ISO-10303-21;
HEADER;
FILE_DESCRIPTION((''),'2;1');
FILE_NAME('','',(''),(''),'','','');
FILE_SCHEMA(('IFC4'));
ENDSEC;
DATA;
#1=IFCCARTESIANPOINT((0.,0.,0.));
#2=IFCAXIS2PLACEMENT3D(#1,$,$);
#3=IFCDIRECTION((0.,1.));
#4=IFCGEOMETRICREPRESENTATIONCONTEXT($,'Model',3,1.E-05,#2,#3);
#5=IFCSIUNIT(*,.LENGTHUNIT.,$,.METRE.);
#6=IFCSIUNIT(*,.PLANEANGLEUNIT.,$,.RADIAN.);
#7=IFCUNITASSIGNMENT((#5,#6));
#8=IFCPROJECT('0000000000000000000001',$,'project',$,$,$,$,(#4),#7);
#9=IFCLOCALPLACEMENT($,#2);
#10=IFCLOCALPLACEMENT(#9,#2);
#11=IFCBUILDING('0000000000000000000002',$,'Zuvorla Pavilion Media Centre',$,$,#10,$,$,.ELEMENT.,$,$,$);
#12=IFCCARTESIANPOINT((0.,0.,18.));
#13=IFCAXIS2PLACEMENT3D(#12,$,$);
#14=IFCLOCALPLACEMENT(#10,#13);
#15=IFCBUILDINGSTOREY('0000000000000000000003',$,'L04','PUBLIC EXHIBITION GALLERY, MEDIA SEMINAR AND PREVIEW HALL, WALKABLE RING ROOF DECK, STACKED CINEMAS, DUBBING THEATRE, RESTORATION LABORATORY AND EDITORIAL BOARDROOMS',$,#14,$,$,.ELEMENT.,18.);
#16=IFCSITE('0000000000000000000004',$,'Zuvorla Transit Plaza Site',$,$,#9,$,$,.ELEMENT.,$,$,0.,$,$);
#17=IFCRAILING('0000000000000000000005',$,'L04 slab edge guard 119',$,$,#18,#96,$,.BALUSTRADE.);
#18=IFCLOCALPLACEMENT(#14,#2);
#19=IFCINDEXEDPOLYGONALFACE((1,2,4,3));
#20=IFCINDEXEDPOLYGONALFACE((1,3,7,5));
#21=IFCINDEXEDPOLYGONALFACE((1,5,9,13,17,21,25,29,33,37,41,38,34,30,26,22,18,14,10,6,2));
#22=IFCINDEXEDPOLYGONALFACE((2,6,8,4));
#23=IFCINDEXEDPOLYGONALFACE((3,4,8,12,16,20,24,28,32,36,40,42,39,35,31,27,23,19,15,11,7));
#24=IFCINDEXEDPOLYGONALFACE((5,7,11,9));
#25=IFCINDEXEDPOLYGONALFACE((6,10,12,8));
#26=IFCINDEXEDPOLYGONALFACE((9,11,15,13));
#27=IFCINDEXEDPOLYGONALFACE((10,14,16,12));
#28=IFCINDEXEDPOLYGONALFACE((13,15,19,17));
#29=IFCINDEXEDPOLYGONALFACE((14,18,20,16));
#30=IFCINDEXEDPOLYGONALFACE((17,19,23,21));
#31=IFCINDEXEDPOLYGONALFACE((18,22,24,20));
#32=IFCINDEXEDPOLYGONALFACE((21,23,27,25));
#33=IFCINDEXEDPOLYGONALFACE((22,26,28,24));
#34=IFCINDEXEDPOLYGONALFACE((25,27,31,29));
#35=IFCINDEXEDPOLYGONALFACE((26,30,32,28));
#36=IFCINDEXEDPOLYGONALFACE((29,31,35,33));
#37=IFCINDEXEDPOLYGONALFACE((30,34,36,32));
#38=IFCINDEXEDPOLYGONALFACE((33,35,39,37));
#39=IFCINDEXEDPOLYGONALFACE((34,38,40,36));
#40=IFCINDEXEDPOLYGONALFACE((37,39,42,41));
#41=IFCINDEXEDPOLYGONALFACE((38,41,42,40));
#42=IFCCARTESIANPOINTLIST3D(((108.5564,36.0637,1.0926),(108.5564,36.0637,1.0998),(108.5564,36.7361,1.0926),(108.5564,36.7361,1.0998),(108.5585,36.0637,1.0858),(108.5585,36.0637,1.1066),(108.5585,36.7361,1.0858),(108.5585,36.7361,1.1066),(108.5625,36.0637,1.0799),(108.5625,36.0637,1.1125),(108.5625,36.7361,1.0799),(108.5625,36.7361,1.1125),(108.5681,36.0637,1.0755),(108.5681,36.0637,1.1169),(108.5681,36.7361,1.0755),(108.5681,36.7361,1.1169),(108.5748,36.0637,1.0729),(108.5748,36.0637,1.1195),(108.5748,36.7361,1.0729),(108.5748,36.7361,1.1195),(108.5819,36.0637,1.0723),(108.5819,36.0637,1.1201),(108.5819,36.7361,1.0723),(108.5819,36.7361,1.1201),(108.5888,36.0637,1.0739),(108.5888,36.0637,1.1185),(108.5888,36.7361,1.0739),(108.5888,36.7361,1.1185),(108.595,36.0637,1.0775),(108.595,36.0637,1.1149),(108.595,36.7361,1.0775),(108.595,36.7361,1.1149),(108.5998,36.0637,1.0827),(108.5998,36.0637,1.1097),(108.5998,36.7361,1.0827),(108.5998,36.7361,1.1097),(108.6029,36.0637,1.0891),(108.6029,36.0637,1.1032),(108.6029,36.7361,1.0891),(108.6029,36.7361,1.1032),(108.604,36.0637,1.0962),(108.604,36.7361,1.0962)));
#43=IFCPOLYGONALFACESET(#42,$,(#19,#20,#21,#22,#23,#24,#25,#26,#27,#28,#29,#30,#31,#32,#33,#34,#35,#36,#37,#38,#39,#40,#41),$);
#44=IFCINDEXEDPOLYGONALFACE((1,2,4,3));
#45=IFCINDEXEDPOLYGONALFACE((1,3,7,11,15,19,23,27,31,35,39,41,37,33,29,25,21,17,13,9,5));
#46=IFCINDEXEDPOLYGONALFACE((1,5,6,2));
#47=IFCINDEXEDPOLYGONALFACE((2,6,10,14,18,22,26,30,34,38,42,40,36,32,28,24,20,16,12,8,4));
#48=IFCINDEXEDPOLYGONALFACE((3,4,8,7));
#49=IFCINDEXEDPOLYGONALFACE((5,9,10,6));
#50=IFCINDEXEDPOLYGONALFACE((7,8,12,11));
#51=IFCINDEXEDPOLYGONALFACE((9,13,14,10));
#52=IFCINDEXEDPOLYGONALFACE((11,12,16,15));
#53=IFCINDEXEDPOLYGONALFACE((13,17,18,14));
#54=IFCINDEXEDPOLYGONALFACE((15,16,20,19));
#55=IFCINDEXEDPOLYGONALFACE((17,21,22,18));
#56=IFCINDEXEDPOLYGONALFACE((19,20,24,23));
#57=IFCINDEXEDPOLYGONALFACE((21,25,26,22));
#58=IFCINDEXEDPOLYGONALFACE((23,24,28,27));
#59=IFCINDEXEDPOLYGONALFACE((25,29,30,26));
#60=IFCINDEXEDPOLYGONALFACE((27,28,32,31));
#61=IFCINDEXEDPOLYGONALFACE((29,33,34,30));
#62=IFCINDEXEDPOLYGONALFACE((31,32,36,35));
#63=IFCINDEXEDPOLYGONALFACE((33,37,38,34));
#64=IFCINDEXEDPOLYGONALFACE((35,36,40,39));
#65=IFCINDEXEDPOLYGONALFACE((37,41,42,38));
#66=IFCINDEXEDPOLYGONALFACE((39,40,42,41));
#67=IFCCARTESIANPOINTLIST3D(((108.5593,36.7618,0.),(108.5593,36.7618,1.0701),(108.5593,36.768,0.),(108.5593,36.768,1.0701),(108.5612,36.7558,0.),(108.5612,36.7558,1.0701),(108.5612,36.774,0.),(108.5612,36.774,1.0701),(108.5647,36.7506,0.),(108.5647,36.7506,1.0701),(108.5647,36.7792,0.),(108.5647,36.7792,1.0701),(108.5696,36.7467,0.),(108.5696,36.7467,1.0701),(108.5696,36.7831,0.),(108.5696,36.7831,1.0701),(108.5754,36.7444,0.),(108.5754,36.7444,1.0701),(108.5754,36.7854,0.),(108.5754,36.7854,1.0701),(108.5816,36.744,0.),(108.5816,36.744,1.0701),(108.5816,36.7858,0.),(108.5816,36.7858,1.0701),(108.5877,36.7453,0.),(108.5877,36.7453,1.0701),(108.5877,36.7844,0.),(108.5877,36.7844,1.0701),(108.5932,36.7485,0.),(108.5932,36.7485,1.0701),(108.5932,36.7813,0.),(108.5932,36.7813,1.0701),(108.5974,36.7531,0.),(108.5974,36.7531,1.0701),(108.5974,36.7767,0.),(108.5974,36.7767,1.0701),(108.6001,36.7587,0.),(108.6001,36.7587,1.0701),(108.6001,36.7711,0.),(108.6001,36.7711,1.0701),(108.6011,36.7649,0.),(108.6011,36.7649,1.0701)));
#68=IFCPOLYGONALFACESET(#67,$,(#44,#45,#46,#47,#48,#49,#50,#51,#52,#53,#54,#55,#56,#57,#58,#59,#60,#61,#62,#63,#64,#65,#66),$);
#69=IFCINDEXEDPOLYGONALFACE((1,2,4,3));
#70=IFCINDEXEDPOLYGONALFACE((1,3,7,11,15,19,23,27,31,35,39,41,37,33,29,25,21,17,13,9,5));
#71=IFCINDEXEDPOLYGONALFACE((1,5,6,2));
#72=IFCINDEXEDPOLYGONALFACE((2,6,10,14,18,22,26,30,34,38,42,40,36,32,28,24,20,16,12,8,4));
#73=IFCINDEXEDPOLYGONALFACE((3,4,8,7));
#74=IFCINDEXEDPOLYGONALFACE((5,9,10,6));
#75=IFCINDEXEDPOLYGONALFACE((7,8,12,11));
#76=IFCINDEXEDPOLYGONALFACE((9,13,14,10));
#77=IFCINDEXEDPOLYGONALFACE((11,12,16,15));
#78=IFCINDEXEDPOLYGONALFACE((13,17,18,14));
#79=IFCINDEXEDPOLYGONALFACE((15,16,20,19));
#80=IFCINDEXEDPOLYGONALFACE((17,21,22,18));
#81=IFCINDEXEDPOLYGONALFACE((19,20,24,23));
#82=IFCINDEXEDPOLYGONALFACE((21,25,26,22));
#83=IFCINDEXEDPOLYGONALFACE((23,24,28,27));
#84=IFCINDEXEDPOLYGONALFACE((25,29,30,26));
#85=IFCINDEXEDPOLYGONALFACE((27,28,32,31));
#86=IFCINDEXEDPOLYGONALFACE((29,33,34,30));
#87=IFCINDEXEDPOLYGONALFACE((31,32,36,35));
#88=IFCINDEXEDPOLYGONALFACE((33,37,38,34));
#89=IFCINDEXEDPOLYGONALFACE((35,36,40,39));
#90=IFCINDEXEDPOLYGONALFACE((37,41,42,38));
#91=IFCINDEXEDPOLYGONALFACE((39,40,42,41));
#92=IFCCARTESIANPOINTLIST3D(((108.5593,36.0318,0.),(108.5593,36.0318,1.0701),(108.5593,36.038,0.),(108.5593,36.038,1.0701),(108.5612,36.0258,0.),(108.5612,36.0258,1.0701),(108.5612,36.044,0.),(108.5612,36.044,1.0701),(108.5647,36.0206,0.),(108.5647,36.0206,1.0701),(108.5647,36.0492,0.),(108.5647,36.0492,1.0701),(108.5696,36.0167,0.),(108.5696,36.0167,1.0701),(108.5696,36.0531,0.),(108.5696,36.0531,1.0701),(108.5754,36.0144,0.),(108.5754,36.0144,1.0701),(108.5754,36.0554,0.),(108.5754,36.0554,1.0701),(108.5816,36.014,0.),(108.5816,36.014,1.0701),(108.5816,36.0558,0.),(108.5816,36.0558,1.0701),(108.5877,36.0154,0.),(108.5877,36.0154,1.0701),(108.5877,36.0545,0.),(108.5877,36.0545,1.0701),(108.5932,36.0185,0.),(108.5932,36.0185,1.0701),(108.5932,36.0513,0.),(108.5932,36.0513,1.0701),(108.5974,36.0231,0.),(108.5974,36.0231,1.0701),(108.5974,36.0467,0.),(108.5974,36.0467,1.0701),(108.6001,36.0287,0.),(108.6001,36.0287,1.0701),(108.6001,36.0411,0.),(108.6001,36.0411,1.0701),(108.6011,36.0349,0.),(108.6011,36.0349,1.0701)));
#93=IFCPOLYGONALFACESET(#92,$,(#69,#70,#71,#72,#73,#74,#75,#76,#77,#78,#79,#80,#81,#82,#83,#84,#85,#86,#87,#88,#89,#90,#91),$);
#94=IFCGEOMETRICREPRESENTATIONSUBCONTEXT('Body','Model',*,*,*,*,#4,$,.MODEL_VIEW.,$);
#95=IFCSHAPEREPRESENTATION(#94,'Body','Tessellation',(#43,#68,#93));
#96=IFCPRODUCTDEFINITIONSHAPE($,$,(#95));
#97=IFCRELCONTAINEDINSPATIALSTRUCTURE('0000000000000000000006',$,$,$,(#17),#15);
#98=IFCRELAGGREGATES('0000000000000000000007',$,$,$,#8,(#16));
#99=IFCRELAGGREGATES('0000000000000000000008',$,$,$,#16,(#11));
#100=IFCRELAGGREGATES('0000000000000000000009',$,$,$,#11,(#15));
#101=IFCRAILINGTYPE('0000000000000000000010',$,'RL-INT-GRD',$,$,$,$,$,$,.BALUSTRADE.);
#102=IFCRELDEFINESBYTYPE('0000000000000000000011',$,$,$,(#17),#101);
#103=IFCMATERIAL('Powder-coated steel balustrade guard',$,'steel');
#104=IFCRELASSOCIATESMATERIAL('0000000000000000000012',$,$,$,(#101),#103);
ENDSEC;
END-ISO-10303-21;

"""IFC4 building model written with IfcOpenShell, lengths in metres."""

from ifc_helpers import new_model, si_unit, direction, frame, origin, origin_2d, place, context, subcontext, project, spatial, circle, extrude, material, type_object, element, save


model = new_model("IFC4")

# Units and contexts
model_context = context("Model", 3, precision=1e-05, world=origin(), true_north=direction((0.0, 1.0)))
body_context = subcontext(model_context, "Body", "Model", "MODEL_VIEW")
ifc_project = project(units=[si_unit("LENGTHUNIT", "METRE"), si_unit("PLANEANGLEUNIT", "RADIAN")], contexts=[model_context])

# Site, building, storey
site_placement = place(None, origin())
site = spatial("IfcSite", under=ifc_project, at=site_placement, Name="Zuvorla Transit Plaza Site", CompositionType="ELEMENT", RefElevation=0.0)
building_placement = place(site_placement, origin())
building = spatial("IfcBuilding", under=site, at=building_placement, Name="Zuvorla Pavilion Media Centre", CompositionType="ELEMENT")
storey_placement = place(building_placement, frame((0.0, 0.0, 18.0)))
storey = spatial("IfcBuildingStorey", under=building, at=storey_placement, Name="L04", Description="PUBLIC EXHIBITION GALLERY, MEDIA SEMINAR AND PREVIEW HALL, WALKABLE RING ROOF DECK, STACKED CINEMAS, DUBBING THEATRE, RESTORATION LABORATORY AND EDITORIAL BOARDROOMS", CompositionType="ELEMENT", Elevation=18.0)

# Railing
ifc_material_1 = material(Name="Powder-coated steel balustrade guard", Category="steel")
railing_type = type_object("IfcRailingType", Name="RL-INT-GRD", PredefinedType="BALUSTRADE", material=ifc_material_1)
railing_placement = place(storey_placement, frame((108.5801, 36.7649, 0.0)))
element("IfcRailing", 1, at=railing_placement, inside=storey, type_object=railing_type, Name="L04 slab edge guard 119", PredefinedType="BALUSTRADE", context=body_context, shape_type="SweptSolid", body=[
    extrude(circle(Radius=0.0239, at=origin_2d()), frame((0.0, -0.0288, 1.0962), z_axis=(0.0, -1.0, 0.0), x_axis=(1.0, 0.0, 0.0)), (0.0, 0.0, 1.0), 0.6724),
    extrude(circle(Radius=0.021, at=origin_2d()), origin(), (0.0, 0.0, 1.0), 1.0701),
    extrude(circle(Radius=0.021, at=origin_2d()), frame((0.0, -0.73, 0.0)), (0.0, 0.0, 1.0), 1.0701),
])

save(model, "model.ifc")
